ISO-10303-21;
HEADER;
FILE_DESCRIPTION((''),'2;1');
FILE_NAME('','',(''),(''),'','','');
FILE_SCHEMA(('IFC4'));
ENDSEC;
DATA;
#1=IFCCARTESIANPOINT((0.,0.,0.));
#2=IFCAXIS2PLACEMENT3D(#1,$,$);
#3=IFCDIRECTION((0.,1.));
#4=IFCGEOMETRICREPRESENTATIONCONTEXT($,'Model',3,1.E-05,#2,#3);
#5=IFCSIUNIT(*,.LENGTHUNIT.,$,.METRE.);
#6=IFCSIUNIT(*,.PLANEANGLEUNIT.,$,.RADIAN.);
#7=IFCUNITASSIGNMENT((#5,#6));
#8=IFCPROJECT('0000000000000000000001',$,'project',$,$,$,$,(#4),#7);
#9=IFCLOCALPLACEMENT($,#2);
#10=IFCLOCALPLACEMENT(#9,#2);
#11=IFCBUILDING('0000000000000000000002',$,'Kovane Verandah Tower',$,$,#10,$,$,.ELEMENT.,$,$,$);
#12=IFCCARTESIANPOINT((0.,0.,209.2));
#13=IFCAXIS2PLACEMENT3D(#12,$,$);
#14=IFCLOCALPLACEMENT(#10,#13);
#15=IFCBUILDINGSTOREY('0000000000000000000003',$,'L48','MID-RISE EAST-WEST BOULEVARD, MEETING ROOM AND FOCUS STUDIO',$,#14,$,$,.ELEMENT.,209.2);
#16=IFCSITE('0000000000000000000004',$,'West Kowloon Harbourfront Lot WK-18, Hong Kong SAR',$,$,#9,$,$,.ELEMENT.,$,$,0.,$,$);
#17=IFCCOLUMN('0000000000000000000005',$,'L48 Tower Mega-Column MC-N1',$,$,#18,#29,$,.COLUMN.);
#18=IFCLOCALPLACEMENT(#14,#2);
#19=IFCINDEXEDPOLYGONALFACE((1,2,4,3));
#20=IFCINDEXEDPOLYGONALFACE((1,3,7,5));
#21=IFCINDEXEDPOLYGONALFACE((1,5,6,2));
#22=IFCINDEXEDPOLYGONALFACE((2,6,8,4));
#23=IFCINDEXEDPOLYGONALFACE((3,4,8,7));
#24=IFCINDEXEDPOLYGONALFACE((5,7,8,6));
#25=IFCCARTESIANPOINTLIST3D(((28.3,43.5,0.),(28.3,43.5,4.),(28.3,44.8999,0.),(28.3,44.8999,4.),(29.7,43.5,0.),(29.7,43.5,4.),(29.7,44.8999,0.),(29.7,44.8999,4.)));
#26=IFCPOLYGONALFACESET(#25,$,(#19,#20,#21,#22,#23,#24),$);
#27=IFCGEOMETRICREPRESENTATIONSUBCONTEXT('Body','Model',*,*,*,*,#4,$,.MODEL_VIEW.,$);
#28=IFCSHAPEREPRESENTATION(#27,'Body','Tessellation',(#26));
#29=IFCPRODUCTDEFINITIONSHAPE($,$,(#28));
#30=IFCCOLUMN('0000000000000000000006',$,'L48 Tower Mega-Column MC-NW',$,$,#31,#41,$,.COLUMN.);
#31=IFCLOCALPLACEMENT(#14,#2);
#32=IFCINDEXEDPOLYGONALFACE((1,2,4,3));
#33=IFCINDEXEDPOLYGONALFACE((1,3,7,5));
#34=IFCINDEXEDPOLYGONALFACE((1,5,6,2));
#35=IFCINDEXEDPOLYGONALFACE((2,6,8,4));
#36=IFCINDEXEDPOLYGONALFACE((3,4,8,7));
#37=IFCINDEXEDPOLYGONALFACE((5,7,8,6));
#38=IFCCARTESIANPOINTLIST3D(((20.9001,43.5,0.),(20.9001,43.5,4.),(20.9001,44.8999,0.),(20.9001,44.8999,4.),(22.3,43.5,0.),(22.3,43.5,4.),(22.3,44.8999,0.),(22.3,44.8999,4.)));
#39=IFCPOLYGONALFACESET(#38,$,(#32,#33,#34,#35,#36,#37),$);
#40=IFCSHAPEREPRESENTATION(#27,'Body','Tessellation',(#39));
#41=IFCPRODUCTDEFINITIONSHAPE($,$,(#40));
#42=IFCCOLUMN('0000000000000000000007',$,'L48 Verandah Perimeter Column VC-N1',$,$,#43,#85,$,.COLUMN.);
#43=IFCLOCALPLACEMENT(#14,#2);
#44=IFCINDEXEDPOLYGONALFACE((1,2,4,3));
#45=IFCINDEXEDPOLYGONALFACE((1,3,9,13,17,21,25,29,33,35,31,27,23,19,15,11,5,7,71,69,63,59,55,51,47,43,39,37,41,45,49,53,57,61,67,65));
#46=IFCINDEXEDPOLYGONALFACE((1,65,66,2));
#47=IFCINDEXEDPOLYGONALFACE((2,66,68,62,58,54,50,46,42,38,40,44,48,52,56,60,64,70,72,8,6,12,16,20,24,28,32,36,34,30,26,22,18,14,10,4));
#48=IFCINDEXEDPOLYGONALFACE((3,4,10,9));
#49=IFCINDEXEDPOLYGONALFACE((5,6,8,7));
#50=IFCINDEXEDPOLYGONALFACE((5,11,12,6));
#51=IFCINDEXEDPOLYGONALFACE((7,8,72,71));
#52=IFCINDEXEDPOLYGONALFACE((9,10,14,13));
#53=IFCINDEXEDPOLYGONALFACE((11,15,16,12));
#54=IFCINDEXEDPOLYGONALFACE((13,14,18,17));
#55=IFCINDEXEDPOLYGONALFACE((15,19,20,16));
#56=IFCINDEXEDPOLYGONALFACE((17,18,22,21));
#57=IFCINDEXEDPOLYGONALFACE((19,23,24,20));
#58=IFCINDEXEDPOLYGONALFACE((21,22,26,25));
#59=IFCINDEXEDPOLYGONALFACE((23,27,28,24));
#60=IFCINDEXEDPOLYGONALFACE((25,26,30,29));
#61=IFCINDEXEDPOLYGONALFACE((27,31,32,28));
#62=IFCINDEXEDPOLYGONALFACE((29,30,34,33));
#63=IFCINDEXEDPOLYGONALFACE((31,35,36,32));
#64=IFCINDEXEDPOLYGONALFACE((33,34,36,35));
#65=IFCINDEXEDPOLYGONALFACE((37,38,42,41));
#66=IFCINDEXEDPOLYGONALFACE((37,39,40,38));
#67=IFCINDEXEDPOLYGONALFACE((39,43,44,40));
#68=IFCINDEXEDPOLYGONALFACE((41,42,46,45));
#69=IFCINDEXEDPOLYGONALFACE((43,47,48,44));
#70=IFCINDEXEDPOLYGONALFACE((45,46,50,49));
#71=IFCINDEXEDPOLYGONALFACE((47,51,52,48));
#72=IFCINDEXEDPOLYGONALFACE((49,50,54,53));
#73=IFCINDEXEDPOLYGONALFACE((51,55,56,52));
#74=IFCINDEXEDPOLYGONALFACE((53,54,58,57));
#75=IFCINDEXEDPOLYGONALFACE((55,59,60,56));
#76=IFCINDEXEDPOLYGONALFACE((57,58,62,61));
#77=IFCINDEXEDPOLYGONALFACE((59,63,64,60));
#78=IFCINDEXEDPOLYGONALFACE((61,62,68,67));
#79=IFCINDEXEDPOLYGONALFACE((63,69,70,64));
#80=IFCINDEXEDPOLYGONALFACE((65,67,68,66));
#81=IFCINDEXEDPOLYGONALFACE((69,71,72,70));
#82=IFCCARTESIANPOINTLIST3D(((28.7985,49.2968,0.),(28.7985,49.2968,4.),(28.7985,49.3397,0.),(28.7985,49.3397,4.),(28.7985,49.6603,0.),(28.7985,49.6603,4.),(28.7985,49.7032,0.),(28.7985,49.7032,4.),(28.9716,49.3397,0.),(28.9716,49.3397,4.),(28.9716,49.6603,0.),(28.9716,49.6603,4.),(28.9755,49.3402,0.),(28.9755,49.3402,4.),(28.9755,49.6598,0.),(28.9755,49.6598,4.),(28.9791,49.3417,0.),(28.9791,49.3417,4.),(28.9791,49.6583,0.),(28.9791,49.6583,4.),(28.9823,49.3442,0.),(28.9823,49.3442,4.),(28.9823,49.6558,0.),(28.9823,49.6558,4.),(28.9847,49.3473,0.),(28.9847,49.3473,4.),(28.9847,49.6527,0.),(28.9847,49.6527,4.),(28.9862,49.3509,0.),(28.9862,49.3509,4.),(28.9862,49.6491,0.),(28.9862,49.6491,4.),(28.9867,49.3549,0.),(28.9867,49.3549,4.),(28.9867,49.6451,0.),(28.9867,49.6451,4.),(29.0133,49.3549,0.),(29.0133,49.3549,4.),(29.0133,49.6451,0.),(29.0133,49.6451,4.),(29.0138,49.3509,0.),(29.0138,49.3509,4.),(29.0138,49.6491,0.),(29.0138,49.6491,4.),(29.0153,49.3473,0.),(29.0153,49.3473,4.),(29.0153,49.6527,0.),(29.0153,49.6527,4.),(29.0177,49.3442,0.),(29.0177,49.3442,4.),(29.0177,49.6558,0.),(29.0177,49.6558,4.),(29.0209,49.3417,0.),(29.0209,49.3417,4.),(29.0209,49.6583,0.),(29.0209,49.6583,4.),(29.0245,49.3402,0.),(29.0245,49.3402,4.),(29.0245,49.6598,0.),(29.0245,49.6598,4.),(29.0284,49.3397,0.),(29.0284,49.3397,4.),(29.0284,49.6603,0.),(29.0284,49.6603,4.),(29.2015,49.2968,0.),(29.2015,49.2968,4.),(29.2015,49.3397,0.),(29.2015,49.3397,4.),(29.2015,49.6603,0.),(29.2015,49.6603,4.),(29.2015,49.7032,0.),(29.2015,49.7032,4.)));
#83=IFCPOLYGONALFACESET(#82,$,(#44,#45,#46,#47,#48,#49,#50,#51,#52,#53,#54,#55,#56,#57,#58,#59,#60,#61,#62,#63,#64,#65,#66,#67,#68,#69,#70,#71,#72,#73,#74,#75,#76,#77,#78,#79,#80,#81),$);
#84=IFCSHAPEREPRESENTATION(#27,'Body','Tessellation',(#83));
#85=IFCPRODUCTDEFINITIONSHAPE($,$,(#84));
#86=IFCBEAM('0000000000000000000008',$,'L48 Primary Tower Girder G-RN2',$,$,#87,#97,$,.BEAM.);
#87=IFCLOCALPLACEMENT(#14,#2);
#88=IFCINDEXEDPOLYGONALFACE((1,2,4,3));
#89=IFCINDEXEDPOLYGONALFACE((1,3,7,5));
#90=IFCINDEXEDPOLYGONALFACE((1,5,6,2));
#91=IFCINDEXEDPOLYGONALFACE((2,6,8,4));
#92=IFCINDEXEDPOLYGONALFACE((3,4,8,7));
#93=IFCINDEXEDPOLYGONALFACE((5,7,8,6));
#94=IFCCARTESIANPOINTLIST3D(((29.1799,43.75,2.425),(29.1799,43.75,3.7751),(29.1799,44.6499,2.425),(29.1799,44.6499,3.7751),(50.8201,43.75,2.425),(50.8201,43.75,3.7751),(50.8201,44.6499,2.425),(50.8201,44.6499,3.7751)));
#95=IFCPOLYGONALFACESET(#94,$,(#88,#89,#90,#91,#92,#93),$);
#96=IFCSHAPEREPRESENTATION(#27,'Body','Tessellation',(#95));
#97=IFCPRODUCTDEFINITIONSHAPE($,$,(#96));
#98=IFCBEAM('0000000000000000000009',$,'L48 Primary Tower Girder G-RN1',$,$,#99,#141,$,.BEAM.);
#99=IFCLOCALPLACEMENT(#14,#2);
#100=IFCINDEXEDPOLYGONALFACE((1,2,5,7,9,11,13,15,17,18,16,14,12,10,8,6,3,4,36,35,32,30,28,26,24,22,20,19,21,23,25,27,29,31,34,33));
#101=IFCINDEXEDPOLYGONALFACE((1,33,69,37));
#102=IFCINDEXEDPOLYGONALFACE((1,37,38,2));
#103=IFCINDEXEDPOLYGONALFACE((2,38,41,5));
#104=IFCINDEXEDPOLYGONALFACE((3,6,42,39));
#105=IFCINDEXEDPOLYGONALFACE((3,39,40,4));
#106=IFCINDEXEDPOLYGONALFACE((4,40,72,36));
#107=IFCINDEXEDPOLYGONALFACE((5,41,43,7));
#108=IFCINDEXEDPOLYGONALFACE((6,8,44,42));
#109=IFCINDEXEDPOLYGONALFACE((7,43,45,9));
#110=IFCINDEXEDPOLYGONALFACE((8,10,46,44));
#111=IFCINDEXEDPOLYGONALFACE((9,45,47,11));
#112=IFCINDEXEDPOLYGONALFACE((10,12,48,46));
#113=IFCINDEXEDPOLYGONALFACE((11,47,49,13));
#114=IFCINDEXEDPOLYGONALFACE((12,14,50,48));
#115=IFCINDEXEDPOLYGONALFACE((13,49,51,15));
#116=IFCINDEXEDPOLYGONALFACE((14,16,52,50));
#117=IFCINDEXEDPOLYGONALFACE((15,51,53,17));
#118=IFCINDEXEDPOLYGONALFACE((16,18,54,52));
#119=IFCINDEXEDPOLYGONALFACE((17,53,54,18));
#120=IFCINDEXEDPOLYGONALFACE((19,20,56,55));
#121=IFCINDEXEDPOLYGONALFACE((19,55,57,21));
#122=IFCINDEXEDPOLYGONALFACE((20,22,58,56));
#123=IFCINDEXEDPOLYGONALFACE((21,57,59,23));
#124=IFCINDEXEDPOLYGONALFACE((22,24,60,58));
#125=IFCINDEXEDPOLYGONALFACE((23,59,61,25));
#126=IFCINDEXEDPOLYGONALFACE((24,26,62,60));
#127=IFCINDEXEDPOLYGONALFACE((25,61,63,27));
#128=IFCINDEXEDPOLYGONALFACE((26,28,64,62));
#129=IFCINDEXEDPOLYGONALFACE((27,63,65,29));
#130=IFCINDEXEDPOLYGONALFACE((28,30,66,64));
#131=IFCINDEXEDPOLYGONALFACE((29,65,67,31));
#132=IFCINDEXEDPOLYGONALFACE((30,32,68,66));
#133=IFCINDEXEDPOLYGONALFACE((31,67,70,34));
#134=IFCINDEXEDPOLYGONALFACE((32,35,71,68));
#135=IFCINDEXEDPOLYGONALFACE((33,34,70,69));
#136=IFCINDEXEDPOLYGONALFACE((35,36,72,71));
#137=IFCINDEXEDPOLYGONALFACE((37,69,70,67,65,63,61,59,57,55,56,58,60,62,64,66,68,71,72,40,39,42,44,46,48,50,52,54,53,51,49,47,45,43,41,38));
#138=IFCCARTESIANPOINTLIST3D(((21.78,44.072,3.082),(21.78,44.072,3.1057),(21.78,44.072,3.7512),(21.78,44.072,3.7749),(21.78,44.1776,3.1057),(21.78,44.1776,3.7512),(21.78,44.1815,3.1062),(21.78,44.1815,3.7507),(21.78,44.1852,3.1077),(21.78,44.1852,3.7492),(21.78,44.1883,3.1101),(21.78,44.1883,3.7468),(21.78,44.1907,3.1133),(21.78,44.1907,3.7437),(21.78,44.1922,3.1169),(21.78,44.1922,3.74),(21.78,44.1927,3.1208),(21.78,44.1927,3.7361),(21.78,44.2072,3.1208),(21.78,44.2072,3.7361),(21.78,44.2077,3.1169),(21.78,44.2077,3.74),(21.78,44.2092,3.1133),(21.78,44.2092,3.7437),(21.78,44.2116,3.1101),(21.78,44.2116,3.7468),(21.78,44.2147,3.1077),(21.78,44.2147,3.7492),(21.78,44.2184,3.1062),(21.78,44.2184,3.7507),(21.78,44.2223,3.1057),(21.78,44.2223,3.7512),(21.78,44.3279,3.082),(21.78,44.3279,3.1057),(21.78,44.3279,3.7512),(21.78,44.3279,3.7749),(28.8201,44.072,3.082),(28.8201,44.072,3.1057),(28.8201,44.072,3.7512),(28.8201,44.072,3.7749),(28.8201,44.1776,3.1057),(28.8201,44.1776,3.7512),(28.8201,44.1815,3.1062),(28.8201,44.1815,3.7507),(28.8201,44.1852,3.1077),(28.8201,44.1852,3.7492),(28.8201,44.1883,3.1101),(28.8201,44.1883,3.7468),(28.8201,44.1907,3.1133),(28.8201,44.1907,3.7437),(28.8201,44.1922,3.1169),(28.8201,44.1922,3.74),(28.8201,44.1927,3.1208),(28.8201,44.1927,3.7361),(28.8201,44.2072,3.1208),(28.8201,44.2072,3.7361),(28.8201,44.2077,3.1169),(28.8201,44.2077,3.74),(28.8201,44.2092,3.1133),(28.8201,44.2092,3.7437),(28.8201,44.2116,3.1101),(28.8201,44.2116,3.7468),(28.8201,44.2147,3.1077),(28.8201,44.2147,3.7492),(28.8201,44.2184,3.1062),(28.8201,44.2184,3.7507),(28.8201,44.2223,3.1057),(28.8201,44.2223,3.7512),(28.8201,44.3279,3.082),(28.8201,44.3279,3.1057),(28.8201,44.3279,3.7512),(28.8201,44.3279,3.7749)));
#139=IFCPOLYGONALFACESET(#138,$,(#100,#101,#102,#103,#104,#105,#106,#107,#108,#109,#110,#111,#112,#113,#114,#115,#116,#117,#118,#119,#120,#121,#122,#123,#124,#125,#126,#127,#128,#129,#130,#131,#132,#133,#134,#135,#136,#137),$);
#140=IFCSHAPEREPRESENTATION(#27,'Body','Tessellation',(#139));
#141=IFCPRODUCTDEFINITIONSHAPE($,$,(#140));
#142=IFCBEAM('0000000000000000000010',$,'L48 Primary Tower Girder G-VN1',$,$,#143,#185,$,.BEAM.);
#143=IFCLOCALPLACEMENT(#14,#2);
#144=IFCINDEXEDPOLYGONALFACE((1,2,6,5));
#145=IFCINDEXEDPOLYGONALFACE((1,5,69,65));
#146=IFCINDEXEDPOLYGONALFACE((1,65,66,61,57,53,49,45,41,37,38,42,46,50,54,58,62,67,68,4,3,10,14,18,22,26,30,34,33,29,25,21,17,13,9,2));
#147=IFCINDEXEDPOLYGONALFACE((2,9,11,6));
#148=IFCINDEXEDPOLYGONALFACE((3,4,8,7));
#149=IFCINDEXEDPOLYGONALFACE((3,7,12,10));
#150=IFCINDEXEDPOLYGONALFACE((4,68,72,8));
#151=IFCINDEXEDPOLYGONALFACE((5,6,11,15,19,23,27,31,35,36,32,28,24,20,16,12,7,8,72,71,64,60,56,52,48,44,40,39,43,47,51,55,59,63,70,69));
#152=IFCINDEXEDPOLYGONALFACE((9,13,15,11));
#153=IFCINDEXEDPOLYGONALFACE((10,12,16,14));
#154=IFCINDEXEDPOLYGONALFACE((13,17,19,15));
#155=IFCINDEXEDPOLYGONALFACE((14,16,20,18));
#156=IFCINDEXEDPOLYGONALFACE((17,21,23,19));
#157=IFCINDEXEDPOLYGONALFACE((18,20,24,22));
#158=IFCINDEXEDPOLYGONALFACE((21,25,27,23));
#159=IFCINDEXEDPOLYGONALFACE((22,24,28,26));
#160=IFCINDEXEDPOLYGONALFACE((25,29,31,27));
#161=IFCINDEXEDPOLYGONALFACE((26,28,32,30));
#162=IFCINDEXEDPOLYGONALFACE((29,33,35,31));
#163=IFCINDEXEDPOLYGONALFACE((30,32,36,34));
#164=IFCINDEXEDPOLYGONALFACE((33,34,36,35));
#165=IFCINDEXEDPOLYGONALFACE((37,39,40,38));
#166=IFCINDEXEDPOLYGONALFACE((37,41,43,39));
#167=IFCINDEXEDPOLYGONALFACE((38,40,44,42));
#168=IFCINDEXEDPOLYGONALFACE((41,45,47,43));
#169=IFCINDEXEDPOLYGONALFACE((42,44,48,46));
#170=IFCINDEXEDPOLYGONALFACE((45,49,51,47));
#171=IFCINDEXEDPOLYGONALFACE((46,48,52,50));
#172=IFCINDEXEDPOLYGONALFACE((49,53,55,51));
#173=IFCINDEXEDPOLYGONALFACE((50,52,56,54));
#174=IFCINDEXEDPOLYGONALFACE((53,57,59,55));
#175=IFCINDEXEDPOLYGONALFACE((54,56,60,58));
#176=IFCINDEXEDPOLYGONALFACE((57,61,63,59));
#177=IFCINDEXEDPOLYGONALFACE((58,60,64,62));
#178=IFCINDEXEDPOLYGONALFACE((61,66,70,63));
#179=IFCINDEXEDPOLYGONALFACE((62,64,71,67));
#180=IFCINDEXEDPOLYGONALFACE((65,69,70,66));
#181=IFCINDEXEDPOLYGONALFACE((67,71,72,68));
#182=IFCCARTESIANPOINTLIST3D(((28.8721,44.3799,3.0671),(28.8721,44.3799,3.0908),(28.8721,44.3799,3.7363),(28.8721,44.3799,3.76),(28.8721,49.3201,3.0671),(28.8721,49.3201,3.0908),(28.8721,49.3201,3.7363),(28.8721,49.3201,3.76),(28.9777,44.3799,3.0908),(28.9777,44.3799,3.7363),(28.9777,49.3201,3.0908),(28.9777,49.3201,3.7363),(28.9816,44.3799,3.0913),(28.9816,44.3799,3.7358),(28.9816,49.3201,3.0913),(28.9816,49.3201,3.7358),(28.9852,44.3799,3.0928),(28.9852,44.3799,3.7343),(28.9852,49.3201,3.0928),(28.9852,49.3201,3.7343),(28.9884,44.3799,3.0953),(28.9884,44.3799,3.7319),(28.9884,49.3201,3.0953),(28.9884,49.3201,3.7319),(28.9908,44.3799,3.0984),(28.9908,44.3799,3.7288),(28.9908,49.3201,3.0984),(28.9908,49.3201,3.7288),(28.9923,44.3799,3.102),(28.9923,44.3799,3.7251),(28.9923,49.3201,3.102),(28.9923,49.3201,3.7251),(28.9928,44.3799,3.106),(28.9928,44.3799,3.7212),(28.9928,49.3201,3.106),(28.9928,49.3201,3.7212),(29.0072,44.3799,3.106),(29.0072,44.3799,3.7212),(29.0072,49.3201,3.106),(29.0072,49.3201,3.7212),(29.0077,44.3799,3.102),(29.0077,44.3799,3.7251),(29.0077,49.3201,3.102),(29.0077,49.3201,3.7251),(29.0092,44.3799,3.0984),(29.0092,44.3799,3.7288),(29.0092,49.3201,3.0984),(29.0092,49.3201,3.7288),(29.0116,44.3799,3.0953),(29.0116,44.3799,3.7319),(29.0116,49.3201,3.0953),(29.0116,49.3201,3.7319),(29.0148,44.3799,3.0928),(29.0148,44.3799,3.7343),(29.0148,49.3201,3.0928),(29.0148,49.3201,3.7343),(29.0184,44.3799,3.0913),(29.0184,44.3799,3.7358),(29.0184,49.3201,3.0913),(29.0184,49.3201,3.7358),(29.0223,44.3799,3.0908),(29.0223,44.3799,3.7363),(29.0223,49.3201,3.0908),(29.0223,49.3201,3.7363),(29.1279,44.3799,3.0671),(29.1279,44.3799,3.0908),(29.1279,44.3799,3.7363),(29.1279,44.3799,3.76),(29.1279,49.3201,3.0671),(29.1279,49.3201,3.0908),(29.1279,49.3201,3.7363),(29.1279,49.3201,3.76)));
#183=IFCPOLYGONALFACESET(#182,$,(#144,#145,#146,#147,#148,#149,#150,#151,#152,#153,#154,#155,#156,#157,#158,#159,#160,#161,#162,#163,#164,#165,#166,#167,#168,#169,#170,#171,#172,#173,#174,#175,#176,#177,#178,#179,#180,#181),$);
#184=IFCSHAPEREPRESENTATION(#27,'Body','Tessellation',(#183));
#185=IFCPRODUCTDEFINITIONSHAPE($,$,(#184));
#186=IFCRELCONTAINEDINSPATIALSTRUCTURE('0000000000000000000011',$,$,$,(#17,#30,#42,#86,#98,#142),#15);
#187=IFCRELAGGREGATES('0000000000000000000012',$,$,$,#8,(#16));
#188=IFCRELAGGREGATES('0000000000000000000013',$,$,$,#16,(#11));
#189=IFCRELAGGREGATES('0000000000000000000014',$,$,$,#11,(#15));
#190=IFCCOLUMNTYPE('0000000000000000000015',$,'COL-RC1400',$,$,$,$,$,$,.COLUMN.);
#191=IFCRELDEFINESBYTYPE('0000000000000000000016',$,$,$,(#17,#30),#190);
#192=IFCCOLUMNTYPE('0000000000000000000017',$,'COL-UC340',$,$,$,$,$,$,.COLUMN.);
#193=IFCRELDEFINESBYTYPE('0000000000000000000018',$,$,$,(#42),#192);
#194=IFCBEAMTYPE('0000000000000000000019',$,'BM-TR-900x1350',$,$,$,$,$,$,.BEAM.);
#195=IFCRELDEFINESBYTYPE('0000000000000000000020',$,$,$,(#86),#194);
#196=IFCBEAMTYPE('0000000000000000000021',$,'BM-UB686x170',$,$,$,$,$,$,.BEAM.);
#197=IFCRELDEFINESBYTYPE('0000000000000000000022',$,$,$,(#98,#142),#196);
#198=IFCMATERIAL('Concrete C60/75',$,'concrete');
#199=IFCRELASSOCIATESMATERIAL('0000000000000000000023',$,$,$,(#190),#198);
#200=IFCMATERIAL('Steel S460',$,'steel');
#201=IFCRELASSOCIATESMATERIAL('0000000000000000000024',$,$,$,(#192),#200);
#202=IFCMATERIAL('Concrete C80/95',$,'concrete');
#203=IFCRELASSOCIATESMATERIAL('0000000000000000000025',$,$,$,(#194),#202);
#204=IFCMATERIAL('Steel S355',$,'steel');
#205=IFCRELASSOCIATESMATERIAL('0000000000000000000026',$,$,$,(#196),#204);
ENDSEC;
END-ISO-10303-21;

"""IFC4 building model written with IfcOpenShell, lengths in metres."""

from ifc_helpers import new_model, si_unit, direction, frame, origin, origin_2d, place, context, subcontext, project, spatial, rectangle, i_section, extrude, material, material_profile, profile_set, type_object, element, save


model = new_model("IFC4")

# Units and contexts
model_context = context("Model", 3, precision=1e-05, world=origin(), true_north=direction((0.0, 1.0)))
body_context = subcontext(model_context, "Body", "Model", "MODEL_VIEW")
ifc_project = project(units=[si_unit("LENGTHUNIT", "METRE"), si_unit("PLANEANGLEUNIT", "RADIAN")], contexts=[model_context])

# Site, building, storey
site_placement = place(None, origin())
site = spatial("IfcSite", under=ifc_project, at=site_placement, Name="West Kowloon Harbourfront Lot WK-18, Hong Kong SAR", CompositionType="ELEMENT", RefElevation=0.0)
building_placement = place(site_placement, origin())
building = spatial("IfcBuilding", under=site, at=building_placement, Name="Kovane Verandah Tower", CompositionType="ELEMENT")
storey_placement = place(building_placement, frame((0.0, 0.0, 209.2)))
storey = spatial("IfcBuildingStorey", under=building, at=storey_placement, Name="L48", Description="MID-RISE EAST-WEST BOULEVARD, MEETING ROOM AND FOCUS STUDIO", CompositionType="ELEMENT", Elevation=209.2)

# Columns
ifc_material_1 = material(Name="Concrete C60/75", Category="concrete")
ifc_material_profile_1 = material_profile(ifc_material_1, rectangle(XDim=1.3999, YDim=1.3999, at=origin_2d()), Name="RC1400x1400")
ifc_profile_set_1 = profile_set([ifc_material_profile_1], Name="Concrete C60/75")
column_type_1 = type_object("IfcColumnType", Name="COL-RC1400", PredefinedType="COLUMN", material=ifc_profile_set_1)
for number, where, z_axis, x_axis, name in (
    (1, (29.0, 44.2, 0.0), (0.0, 0.0, 1.0), (1.0, 0.0, 0.0), "L48 Tower Mega-Column MC-N1"),
    (2, (21.6001, 44.2, 0.0), (0.0, 0.0, 1.0), (1.0, 0.0, 0.0), "L48 Tower Mega-Column MC-NW"),
):
    element("IfcColumn", number, at=place(storey_placement, frame(where, z_axis=z_axis, x_axis=x_axis)), inside=storey, type_object=column_type_1, Name=name, PredefinedType="COLUMN", context=body_context, shape_type="SweptSolid", body=[
        extrude(rectangle(XDim=1.3999, YDim=1.3999, at=origin_2d()), origin(), (0.0, 0.0, 1.0), 4.0),
    ])
ifc_material_2 = material(Name="Steel S460", Category="steel")
ifc_material_profile_2 = material_profile(ifc_material_2, i_section(OverallWidth=0.4031, OverallDepth=0.4065, WebThickness=0.0266, FlangeThickness=0.043, FilletRadius=0.0151, at=origin_2d()), Name="UC356x406x340")
ifc_profile_set_2 = profile_set([ifc_material_profile_2], Name="Steel S460")
column_type_2 = type_object("IfcColumnType", Name="COL-UC340", PredefinedType="COLUMN", material=ifc_profile_set_2)
column_placement = place(storey_placement, frame((29.0, 49.5, 0.0), z_axis=(0.0, 0.0, 1.0), x_axis=(1.0, 0.0, 0.0)))
element("IfcColumn", 3, at=column_placement, inside=storey, type_object=column_type_2, Name="L48 Verandah Perimeter Column VC-N1", PredefinedType="COLUMN", context=body_context, shape_type="SweptSolid", body=[
    extrude(i_section(OverallWidth=0.4031, OverallDepth=0.4065, WebThickness=0.0266, FlangeThickness=0.043, FilletRadius=0.0151, at=origin_2d()), origin(), (0.0, 0.0, 1.0), 4.0),
])

# Beams
ifc_material_3 = material(Name="Concrete C80/95", Category="concrete")
ifc_material_profile_3 = material_profile(ifc_material_3, rectangle(XDim=0.8999, YDim=1.3501, at=origin_2d()), Name="RCB900x1350")
ifc_profile_set_3 = profile_set([ifc_material_profile_3], Name="Concrete C80/95")
beam_type_1 = type_object("IfcBeamType", Name="BM-TR-900x1350", PredefinedType="BEAM", material=ifc_profile_set_3)
beam_1_placement = place(storey_placement, frame((29.1799, 44.2, 3.1001), z_axis=(1.0, 0.0, 0.0), x_axis=(0.0, 1.0, 0.0)))
element("IfcBeam", 4, at=beam_1_placement, inside=storey, type_object=beam_type_1, Name="L48 Primary Tower Girder G-RN2", PredefinedType="BEAM", context=body_context, shape_type="SweptSolid", body=[
    extrude(rectangle(XDim=0.8999, YDim=1.3501, at=origin_2d()), origin(), (0.0, 0.0, 1.0), 21.6401),
])
ifc_material_4 = material(Name="Steel S355", Category="steel")
ifc_material_profile_4 = material_profile(ifc_material_4, i_section(OverallWidth=0.2559, OverallDepth=0.6929, WebThickness=0.0144, FlangeThickness=0.0237, FilletRadius=0.0151, at=origin_2d()), Name="UB686x254x170")
ifc_profile_set_4 = profile_set([ifc_material_profile_4], Name="Steel S355")
beam_type_2 = type_object("IfcBeamType", Name="BM-UB686x170", PredefinedType="BEAM", material=ifc_profile_set_4)
beam_2_placement = place(storey_placement, frame((21.78, 44.2, 3.4285), z_axis=(1.0, 0.0, 0.0), x_axis=(0.0, 1.0, 0.0)))
element("IfcBeam", 5, at=beam_2_placement, inside=storey, type_object=beam_type_2, Name="L48 Primary Tower Girder G-RN1", PredefinedType="BEAM", context=body_context, shape_type="SweptSolid", body=[
    extrude(i_section(OverallWidth=0.2559, OverallDepth=0.6929, WebThickness=0.0144, FlangeThickness=0.0237, FilletRadius=0.0151, at=origin_2d()), origin(), (0.0, 0.0, 1.0), 7.04),
])
beam_3_placement = place(storey_placement, frame((29.0, 44.3799, 3.4136), z_axis=(0.0, 1.0, 0.0), x_axis=(-1.0, 0.0, 0.0)))
element("IfcBeam", 6, at=beam_3_placement, inside=storey, type_object=beam_type_2, Name="L48 Primary Tower Girder G-VN1", PredefinedType="BEAM", context=body_context, shape_type="SweptSolid", body=[
    extrude(i_section(OverallWidth=0.2559, OverallDepth=0.6929, WebThickness=0.0144, FlangeThickness=0.0237, FilletRadius=0.0151, at=origin_2d()), origin(), (0.0, 0.0, 1.0), 4.9402),
])

save(model, "model.ifc")
